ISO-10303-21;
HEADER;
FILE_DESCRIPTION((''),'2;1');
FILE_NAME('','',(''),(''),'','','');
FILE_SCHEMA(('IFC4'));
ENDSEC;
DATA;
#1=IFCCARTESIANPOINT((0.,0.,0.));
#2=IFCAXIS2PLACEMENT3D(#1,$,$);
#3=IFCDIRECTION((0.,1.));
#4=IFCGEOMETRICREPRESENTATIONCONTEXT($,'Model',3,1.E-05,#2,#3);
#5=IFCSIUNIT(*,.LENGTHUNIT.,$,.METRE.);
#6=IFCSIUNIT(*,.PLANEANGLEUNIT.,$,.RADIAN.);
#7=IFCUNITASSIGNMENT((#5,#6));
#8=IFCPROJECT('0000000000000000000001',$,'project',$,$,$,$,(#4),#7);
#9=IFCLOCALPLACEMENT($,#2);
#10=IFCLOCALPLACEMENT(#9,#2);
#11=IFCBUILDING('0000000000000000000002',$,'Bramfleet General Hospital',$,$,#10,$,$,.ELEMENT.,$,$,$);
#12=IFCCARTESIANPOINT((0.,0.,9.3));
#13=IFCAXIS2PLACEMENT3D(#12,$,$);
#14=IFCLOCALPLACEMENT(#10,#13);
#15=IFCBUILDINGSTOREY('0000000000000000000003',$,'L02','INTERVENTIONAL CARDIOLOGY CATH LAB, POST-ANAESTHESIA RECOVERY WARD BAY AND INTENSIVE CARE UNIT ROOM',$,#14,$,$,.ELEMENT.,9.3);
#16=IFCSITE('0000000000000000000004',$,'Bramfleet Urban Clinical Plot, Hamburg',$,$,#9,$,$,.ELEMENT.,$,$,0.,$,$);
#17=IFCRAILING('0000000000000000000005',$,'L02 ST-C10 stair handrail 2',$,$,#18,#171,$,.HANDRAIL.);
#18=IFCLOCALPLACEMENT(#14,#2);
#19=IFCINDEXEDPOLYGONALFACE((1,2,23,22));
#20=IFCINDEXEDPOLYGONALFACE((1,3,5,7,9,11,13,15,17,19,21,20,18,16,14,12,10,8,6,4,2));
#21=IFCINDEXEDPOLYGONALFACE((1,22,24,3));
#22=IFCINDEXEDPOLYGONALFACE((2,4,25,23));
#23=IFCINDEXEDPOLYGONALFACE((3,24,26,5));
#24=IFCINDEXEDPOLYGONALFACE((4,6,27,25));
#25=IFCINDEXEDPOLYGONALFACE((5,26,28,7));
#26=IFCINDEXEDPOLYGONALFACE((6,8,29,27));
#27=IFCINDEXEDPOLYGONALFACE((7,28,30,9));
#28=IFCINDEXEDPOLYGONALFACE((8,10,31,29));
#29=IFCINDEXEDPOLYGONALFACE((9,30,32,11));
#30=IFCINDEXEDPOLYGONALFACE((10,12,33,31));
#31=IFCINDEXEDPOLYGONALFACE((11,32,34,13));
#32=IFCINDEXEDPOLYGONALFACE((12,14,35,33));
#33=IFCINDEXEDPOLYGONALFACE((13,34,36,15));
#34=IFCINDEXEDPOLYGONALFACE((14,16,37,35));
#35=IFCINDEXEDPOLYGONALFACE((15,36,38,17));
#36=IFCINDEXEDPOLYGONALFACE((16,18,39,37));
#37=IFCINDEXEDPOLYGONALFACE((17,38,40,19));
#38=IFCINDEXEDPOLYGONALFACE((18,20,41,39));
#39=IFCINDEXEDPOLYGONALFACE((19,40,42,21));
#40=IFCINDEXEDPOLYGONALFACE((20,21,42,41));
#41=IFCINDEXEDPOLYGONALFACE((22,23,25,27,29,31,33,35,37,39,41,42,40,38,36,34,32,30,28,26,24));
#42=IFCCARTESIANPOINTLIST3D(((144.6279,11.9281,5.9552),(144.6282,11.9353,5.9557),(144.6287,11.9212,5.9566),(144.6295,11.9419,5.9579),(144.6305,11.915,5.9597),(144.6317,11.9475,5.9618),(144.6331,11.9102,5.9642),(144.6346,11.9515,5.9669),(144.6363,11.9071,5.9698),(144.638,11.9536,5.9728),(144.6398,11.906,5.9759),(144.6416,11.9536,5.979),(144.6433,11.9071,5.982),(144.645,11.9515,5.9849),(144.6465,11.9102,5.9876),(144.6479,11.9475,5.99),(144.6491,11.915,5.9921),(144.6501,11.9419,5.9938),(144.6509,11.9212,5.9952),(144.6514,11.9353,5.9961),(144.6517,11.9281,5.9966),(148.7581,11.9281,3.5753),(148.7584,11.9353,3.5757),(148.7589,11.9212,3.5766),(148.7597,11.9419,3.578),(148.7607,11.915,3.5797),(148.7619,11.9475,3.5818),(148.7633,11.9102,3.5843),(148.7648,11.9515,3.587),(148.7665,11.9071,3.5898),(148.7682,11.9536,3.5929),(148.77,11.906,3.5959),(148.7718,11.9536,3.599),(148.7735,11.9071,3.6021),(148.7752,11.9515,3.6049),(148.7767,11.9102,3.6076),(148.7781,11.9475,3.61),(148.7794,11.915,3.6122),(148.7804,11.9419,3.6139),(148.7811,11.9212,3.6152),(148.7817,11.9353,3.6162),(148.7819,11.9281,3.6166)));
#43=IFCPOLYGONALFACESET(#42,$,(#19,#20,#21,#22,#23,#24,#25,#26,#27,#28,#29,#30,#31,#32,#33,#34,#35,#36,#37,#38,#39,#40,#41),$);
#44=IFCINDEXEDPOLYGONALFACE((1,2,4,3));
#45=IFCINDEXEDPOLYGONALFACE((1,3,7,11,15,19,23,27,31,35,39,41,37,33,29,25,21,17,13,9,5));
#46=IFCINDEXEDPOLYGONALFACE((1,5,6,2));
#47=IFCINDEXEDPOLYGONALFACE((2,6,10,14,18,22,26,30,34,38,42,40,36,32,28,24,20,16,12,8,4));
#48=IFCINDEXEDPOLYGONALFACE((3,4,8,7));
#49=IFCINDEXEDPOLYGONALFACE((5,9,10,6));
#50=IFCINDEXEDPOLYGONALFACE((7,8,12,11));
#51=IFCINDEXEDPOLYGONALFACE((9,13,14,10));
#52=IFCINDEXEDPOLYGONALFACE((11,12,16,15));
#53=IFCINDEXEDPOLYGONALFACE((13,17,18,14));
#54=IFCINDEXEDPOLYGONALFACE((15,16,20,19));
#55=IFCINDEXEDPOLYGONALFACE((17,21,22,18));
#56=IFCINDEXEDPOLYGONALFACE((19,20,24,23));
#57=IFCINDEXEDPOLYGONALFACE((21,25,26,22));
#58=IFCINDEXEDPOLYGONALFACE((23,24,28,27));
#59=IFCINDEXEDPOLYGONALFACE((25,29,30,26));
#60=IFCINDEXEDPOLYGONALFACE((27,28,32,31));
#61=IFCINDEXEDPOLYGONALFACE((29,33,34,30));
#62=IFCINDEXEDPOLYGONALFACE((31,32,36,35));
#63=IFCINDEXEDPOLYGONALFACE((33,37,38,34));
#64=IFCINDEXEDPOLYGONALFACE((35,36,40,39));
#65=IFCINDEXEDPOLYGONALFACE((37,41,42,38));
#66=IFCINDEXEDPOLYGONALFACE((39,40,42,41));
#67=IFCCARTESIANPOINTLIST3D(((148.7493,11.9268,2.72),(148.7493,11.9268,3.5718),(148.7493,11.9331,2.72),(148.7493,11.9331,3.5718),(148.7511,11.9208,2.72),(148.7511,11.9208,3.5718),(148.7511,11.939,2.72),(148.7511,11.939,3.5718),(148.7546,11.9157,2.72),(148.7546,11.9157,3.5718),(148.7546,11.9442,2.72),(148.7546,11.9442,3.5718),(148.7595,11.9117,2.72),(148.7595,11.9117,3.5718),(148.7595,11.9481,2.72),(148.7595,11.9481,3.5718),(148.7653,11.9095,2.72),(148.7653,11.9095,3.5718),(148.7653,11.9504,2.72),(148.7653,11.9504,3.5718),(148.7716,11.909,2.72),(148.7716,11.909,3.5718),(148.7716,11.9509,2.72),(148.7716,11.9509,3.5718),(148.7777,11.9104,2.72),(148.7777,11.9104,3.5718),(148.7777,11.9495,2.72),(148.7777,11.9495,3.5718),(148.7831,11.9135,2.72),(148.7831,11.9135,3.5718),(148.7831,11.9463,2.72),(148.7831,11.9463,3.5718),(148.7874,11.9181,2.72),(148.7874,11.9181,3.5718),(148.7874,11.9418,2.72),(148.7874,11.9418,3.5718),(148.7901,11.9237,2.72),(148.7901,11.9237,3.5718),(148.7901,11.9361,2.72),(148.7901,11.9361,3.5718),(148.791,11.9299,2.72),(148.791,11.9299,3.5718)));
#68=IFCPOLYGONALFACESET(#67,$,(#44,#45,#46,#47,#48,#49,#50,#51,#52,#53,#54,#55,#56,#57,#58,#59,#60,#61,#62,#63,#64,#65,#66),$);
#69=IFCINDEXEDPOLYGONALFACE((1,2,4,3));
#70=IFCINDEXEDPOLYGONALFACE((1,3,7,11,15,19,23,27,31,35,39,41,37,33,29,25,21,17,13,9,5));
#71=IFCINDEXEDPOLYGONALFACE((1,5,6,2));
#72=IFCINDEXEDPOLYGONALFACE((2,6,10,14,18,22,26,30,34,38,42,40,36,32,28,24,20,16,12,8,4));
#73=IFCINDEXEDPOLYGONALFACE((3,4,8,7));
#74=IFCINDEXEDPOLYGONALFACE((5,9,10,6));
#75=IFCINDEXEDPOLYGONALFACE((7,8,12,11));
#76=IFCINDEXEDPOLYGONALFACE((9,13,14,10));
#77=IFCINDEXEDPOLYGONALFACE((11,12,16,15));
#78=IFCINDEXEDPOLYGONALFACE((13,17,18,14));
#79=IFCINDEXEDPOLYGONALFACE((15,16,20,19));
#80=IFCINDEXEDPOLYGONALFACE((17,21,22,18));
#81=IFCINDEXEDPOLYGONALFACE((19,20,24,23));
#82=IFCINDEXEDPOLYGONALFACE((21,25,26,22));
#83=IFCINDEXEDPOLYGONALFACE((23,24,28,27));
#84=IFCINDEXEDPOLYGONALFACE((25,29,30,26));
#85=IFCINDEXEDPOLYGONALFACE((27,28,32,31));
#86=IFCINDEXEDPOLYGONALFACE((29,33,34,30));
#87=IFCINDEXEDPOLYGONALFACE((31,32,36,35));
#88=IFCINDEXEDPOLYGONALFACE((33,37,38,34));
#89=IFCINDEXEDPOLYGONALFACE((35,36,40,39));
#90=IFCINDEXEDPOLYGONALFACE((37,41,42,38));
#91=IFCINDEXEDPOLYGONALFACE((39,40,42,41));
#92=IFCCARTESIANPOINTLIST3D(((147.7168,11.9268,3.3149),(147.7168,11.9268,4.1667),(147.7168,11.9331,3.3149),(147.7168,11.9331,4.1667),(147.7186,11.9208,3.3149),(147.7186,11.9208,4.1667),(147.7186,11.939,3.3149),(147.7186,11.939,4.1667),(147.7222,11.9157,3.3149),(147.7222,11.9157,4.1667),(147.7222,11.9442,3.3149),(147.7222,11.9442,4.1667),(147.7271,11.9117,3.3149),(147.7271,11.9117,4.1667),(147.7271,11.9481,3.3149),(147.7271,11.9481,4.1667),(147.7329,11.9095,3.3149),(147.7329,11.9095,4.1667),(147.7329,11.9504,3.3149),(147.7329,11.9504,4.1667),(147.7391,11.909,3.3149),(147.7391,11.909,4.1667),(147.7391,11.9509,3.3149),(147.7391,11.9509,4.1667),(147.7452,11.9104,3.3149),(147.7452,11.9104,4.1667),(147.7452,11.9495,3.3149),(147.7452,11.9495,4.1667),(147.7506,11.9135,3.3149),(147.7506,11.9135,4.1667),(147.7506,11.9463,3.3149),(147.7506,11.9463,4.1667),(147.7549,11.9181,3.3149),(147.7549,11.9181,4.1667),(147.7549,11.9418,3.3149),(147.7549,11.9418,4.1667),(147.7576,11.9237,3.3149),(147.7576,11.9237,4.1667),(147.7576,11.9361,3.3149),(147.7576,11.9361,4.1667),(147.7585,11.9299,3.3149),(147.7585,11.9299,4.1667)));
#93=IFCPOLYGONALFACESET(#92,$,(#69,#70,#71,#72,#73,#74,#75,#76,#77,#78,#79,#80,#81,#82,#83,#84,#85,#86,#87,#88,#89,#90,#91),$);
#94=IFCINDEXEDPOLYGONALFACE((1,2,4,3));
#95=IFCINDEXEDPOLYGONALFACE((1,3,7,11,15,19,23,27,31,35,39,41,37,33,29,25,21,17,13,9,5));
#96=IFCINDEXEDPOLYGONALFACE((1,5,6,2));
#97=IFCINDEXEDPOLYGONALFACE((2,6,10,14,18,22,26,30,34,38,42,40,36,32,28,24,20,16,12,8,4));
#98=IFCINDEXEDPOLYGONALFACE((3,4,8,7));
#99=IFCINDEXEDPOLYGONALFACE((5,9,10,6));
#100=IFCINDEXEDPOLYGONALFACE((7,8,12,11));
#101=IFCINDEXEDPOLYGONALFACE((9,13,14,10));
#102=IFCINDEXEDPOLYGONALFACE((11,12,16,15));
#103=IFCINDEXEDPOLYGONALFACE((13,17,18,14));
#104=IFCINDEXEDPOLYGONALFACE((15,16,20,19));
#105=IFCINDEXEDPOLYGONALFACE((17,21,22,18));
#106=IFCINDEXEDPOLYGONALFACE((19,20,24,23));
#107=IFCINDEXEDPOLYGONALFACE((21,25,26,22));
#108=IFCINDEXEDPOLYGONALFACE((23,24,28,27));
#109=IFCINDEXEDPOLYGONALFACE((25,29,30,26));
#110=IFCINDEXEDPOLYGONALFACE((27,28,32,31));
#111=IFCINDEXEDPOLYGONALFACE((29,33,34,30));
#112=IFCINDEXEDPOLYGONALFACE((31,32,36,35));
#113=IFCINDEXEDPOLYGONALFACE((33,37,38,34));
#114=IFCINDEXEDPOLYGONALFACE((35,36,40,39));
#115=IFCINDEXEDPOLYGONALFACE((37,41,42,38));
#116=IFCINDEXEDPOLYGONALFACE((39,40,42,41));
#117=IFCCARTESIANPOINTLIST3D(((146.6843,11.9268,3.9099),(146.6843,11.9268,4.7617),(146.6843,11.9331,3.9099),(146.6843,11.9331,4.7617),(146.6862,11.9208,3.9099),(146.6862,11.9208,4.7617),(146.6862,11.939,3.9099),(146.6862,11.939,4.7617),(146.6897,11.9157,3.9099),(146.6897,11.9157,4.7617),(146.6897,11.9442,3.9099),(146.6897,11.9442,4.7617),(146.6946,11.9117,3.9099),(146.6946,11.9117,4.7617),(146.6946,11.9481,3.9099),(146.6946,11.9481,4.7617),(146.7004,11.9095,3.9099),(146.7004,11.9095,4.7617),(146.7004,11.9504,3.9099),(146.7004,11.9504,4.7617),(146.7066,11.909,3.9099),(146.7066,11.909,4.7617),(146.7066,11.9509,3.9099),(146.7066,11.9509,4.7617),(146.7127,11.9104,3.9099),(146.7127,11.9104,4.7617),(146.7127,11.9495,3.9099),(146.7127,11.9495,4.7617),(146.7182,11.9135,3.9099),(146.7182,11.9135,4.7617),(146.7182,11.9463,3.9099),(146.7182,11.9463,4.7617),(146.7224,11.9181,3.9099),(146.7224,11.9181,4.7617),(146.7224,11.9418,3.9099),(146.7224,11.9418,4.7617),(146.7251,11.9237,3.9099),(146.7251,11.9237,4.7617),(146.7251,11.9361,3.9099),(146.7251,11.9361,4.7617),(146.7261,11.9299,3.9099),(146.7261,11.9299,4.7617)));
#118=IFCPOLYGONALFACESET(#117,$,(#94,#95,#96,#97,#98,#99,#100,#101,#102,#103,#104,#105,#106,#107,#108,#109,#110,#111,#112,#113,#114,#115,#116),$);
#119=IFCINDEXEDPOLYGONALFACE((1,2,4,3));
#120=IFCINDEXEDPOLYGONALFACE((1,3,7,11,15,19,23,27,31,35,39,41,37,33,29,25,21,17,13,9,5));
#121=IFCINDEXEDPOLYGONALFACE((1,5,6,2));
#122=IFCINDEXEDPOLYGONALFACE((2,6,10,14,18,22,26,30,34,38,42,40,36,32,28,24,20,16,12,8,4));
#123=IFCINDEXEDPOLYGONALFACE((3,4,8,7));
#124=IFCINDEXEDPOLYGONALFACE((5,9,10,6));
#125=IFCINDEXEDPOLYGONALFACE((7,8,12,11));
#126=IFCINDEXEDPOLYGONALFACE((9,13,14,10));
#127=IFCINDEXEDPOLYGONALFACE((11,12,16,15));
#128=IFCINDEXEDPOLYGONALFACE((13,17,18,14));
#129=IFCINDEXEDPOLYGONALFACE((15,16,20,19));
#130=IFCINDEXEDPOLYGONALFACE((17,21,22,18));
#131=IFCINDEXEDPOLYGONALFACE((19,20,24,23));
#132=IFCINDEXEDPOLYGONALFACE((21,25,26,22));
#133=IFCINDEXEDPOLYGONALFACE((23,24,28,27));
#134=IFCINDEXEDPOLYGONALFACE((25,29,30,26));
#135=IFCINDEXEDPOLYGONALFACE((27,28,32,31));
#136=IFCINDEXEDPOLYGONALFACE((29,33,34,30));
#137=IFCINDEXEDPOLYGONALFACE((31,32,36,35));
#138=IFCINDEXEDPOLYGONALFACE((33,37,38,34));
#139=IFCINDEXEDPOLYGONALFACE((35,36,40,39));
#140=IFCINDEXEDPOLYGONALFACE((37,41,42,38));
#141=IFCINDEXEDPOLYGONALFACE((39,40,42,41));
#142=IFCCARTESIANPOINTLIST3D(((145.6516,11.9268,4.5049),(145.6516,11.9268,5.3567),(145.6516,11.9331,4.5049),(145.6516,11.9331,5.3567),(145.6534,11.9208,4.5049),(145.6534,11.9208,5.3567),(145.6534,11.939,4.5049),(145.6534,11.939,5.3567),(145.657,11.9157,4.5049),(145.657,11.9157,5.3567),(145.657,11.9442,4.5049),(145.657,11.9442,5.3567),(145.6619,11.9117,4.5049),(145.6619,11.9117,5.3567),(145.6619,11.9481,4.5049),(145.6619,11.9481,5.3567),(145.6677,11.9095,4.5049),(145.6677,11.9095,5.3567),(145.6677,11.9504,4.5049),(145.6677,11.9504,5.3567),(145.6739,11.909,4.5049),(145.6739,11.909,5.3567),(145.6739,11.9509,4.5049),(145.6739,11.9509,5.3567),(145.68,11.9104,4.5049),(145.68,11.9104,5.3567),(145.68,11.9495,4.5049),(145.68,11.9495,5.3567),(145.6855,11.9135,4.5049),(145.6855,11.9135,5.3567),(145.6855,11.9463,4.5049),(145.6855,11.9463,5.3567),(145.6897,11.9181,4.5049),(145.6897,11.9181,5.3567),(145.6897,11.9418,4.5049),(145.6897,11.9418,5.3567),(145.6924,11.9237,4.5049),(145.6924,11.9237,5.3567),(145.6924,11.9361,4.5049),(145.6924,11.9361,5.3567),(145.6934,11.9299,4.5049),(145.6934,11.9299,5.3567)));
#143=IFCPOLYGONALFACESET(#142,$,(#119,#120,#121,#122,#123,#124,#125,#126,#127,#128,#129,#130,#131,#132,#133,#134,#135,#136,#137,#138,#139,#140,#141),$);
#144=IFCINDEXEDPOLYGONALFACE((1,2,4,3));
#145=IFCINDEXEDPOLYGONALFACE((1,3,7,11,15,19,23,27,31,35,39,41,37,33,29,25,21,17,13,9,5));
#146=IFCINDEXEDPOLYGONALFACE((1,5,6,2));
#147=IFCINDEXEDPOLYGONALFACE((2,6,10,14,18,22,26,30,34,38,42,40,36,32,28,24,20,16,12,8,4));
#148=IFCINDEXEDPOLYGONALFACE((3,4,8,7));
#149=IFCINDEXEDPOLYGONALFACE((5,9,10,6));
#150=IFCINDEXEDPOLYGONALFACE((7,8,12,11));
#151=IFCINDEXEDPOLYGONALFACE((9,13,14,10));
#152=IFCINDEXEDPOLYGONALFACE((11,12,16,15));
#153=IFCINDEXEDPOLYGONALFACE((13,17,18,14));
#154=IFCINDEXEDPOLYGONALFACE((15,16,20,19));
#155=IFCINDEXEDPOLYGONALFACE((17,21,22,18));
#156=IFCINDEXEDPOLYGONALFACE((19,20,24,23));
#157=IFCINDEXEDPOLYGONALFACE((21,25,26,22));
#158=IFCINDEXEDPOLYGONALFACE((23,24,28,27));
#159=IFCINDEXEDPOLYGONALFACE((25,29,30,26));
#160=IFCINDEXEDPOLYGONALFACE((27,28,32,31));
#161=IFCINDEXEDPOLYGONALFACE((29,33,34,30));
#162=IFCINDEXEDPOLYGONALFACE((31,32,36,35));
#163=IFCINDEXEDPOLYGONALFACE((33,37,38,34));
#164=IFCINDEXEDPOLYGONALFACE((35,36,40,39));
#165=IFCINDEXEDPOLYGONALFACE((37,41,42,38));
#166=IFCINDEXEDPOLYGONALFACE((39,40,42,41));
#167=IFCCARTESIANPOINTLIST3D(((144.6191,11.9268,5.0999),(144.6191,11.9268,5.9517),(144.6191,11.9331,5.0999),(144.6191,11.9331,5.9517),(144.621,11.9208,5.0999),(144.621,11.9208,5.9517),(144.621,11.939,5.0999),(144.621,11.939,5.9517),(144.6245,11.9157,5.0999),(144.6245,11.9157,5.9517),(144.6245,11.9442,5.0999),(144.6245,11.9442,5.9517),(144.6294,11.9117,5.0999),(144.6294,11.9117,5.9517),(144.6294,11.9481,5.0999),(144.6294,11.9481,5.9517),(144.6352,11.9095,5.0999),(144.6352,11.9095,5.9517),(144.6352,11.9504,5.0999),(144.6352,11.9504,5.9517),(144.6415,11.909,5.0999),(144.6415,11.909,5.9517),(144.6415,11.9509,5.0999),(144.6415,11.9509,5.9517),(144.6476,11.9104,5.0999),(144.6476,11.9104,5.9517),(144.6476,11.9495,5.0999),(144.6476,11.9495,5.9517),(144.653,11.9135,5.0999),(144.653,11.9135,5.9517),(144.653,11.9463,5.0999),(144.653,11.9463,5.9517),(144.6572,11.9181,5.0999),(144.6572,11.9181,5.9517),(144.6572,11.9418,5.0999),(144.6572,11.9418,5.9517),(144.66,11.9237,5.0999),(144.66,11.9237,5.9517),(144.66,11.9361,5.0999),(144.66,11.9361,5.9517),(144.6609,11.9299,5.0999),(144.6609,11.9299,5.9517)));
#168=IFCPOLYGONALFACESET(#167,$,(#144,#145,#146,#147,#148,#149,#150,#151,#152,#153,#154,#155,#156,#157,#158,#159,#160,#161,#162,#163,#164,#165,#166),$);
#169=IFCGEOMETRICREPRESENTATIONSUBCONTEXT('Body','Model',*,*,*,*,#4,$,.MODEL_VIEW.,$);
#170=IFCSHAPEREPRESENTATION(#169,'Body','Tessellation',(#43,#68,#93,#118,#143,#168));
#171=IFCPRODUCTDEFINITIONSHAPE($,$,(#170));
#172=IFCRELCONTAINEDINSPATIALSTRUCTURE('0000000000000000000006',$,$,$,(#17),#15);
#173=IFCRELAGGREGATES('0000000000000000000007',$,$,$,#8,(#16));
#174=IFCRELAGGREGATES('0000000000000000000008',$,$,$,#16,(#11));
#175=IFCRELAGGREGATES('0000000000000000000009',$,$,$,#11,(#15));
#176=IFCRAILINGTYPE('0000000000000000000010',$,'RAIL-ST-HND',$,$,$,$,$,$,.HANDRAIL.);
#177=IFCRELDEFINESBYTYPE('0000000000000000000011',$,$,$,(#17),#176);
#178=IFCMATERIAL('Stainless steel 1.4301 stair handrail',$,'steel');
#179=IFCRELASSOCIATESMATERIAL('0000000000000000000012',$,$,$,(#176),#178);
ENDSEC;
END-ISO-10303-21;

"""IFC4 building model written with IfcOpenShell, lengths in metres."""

from ifc_helpers import new_model, si_unit, direction, frame, origin, origin_2d, place, context, subcontext, project, spatial, circle, extrude, material, type_object, element, save


model = new_model("IFC4")

# Units and contexts
model_context = context("Model", 3, precision=1e-05, world=origin(), true_north=direction((0.0, 1.0)))
body_context = subcontext(model_context, "Body", "Model", "MODEL_VIEW")
ifc_project = project(units=[si_unit("LENGTHUNIT", "METRE"), si_unit("PLANEANGLEUNIT", "RADIAN")], contexts=[model_context])

# Site, building, storey
site_placement = place(None, origin())
site = spatial("IfcSite", under=ifc_project, at=site_placement, Name="Bramfleet Urban Clinical Plot, Hamburg", CompositionType="ELEMENT", RefElevation=0.0)
building_placement = place(site_placement, origin())
building = spatial("IfcBuilding", under=site, at=building_placement, Name="Bramfleet General Hospital", CompositionType="ELEMENT")
storey_placement = place(building_placement, frame((0.0, 0.0, 9.3)))
storey = spatial("IfcBuildingStorey", under=building, at=storey_placement, Name="L02", Description="INTERVENTIONAL CARDIOLOGY CATH LAB, POST-ANAESTHESIA RECOVERY WARD BAY AND INTENSIVE CARE UNIT ROOM", CompositionType="ELEMENT", Elevation=9.3)

# Railing
ifc_material_1 = material(Name="Stainless steel 1.4301 stair handrail", Category="steel")
railing_type = type_object("IfcRailingType", Name="RAIL-ST-HND", PredefinedType="HANDRAIL", material=ifc_material_1)
railing_placement = place(storey_placement, frame((148.77, 11.9299, 2.72)))
element("IfcRailing", 1, at=railing_placement, inside=storey, type_object=railing_type, Name="L02 ST-C10 stair handrail 2", PredefinedType="HANDRAIL", context=body_context, shape_type="SweptSolid", body=[
    extrude(circle(Radius=0.0239, at=origin_2d()), frame((0.0, 0.0, 0.876), z_axis=(-0.866447, 0.0, 0.499269), x_axis=(0.0, -1.0, 0.0)), (0.0, 0.0, 1.0), 4.7668),
    extrude(circle(Radius=0.021, at=origin_2d()), origin(), (0.0, 0.0, 1.0), 0.8518),
    extrude(circle(Radius=0.021, at=origin_2d()), frame((-1.0325, 0.0, 0.595)), (0.0, 0.0, 1.0), 0.8518),
    extrude(circle(Radius=0.021, at=origin_2d()), frame((-2.0649, 0.0, 1.1899)), (0.0, 0.0, 1.0), 0.8518),
    extrude(circle(Radius=0.021, at=origin_2d()), frame((-3.0977, 0.0, 1.7849)), (0.0, 0.0, 1.0), 0.8518),
    extrude(circle(Radius=0.021, at=origin_2d()), frame((-4.1301, 0.0, 2.3799)), (0.0, 0.0, 1.0), 0.8518),
])

save(model, "model.ifc")
